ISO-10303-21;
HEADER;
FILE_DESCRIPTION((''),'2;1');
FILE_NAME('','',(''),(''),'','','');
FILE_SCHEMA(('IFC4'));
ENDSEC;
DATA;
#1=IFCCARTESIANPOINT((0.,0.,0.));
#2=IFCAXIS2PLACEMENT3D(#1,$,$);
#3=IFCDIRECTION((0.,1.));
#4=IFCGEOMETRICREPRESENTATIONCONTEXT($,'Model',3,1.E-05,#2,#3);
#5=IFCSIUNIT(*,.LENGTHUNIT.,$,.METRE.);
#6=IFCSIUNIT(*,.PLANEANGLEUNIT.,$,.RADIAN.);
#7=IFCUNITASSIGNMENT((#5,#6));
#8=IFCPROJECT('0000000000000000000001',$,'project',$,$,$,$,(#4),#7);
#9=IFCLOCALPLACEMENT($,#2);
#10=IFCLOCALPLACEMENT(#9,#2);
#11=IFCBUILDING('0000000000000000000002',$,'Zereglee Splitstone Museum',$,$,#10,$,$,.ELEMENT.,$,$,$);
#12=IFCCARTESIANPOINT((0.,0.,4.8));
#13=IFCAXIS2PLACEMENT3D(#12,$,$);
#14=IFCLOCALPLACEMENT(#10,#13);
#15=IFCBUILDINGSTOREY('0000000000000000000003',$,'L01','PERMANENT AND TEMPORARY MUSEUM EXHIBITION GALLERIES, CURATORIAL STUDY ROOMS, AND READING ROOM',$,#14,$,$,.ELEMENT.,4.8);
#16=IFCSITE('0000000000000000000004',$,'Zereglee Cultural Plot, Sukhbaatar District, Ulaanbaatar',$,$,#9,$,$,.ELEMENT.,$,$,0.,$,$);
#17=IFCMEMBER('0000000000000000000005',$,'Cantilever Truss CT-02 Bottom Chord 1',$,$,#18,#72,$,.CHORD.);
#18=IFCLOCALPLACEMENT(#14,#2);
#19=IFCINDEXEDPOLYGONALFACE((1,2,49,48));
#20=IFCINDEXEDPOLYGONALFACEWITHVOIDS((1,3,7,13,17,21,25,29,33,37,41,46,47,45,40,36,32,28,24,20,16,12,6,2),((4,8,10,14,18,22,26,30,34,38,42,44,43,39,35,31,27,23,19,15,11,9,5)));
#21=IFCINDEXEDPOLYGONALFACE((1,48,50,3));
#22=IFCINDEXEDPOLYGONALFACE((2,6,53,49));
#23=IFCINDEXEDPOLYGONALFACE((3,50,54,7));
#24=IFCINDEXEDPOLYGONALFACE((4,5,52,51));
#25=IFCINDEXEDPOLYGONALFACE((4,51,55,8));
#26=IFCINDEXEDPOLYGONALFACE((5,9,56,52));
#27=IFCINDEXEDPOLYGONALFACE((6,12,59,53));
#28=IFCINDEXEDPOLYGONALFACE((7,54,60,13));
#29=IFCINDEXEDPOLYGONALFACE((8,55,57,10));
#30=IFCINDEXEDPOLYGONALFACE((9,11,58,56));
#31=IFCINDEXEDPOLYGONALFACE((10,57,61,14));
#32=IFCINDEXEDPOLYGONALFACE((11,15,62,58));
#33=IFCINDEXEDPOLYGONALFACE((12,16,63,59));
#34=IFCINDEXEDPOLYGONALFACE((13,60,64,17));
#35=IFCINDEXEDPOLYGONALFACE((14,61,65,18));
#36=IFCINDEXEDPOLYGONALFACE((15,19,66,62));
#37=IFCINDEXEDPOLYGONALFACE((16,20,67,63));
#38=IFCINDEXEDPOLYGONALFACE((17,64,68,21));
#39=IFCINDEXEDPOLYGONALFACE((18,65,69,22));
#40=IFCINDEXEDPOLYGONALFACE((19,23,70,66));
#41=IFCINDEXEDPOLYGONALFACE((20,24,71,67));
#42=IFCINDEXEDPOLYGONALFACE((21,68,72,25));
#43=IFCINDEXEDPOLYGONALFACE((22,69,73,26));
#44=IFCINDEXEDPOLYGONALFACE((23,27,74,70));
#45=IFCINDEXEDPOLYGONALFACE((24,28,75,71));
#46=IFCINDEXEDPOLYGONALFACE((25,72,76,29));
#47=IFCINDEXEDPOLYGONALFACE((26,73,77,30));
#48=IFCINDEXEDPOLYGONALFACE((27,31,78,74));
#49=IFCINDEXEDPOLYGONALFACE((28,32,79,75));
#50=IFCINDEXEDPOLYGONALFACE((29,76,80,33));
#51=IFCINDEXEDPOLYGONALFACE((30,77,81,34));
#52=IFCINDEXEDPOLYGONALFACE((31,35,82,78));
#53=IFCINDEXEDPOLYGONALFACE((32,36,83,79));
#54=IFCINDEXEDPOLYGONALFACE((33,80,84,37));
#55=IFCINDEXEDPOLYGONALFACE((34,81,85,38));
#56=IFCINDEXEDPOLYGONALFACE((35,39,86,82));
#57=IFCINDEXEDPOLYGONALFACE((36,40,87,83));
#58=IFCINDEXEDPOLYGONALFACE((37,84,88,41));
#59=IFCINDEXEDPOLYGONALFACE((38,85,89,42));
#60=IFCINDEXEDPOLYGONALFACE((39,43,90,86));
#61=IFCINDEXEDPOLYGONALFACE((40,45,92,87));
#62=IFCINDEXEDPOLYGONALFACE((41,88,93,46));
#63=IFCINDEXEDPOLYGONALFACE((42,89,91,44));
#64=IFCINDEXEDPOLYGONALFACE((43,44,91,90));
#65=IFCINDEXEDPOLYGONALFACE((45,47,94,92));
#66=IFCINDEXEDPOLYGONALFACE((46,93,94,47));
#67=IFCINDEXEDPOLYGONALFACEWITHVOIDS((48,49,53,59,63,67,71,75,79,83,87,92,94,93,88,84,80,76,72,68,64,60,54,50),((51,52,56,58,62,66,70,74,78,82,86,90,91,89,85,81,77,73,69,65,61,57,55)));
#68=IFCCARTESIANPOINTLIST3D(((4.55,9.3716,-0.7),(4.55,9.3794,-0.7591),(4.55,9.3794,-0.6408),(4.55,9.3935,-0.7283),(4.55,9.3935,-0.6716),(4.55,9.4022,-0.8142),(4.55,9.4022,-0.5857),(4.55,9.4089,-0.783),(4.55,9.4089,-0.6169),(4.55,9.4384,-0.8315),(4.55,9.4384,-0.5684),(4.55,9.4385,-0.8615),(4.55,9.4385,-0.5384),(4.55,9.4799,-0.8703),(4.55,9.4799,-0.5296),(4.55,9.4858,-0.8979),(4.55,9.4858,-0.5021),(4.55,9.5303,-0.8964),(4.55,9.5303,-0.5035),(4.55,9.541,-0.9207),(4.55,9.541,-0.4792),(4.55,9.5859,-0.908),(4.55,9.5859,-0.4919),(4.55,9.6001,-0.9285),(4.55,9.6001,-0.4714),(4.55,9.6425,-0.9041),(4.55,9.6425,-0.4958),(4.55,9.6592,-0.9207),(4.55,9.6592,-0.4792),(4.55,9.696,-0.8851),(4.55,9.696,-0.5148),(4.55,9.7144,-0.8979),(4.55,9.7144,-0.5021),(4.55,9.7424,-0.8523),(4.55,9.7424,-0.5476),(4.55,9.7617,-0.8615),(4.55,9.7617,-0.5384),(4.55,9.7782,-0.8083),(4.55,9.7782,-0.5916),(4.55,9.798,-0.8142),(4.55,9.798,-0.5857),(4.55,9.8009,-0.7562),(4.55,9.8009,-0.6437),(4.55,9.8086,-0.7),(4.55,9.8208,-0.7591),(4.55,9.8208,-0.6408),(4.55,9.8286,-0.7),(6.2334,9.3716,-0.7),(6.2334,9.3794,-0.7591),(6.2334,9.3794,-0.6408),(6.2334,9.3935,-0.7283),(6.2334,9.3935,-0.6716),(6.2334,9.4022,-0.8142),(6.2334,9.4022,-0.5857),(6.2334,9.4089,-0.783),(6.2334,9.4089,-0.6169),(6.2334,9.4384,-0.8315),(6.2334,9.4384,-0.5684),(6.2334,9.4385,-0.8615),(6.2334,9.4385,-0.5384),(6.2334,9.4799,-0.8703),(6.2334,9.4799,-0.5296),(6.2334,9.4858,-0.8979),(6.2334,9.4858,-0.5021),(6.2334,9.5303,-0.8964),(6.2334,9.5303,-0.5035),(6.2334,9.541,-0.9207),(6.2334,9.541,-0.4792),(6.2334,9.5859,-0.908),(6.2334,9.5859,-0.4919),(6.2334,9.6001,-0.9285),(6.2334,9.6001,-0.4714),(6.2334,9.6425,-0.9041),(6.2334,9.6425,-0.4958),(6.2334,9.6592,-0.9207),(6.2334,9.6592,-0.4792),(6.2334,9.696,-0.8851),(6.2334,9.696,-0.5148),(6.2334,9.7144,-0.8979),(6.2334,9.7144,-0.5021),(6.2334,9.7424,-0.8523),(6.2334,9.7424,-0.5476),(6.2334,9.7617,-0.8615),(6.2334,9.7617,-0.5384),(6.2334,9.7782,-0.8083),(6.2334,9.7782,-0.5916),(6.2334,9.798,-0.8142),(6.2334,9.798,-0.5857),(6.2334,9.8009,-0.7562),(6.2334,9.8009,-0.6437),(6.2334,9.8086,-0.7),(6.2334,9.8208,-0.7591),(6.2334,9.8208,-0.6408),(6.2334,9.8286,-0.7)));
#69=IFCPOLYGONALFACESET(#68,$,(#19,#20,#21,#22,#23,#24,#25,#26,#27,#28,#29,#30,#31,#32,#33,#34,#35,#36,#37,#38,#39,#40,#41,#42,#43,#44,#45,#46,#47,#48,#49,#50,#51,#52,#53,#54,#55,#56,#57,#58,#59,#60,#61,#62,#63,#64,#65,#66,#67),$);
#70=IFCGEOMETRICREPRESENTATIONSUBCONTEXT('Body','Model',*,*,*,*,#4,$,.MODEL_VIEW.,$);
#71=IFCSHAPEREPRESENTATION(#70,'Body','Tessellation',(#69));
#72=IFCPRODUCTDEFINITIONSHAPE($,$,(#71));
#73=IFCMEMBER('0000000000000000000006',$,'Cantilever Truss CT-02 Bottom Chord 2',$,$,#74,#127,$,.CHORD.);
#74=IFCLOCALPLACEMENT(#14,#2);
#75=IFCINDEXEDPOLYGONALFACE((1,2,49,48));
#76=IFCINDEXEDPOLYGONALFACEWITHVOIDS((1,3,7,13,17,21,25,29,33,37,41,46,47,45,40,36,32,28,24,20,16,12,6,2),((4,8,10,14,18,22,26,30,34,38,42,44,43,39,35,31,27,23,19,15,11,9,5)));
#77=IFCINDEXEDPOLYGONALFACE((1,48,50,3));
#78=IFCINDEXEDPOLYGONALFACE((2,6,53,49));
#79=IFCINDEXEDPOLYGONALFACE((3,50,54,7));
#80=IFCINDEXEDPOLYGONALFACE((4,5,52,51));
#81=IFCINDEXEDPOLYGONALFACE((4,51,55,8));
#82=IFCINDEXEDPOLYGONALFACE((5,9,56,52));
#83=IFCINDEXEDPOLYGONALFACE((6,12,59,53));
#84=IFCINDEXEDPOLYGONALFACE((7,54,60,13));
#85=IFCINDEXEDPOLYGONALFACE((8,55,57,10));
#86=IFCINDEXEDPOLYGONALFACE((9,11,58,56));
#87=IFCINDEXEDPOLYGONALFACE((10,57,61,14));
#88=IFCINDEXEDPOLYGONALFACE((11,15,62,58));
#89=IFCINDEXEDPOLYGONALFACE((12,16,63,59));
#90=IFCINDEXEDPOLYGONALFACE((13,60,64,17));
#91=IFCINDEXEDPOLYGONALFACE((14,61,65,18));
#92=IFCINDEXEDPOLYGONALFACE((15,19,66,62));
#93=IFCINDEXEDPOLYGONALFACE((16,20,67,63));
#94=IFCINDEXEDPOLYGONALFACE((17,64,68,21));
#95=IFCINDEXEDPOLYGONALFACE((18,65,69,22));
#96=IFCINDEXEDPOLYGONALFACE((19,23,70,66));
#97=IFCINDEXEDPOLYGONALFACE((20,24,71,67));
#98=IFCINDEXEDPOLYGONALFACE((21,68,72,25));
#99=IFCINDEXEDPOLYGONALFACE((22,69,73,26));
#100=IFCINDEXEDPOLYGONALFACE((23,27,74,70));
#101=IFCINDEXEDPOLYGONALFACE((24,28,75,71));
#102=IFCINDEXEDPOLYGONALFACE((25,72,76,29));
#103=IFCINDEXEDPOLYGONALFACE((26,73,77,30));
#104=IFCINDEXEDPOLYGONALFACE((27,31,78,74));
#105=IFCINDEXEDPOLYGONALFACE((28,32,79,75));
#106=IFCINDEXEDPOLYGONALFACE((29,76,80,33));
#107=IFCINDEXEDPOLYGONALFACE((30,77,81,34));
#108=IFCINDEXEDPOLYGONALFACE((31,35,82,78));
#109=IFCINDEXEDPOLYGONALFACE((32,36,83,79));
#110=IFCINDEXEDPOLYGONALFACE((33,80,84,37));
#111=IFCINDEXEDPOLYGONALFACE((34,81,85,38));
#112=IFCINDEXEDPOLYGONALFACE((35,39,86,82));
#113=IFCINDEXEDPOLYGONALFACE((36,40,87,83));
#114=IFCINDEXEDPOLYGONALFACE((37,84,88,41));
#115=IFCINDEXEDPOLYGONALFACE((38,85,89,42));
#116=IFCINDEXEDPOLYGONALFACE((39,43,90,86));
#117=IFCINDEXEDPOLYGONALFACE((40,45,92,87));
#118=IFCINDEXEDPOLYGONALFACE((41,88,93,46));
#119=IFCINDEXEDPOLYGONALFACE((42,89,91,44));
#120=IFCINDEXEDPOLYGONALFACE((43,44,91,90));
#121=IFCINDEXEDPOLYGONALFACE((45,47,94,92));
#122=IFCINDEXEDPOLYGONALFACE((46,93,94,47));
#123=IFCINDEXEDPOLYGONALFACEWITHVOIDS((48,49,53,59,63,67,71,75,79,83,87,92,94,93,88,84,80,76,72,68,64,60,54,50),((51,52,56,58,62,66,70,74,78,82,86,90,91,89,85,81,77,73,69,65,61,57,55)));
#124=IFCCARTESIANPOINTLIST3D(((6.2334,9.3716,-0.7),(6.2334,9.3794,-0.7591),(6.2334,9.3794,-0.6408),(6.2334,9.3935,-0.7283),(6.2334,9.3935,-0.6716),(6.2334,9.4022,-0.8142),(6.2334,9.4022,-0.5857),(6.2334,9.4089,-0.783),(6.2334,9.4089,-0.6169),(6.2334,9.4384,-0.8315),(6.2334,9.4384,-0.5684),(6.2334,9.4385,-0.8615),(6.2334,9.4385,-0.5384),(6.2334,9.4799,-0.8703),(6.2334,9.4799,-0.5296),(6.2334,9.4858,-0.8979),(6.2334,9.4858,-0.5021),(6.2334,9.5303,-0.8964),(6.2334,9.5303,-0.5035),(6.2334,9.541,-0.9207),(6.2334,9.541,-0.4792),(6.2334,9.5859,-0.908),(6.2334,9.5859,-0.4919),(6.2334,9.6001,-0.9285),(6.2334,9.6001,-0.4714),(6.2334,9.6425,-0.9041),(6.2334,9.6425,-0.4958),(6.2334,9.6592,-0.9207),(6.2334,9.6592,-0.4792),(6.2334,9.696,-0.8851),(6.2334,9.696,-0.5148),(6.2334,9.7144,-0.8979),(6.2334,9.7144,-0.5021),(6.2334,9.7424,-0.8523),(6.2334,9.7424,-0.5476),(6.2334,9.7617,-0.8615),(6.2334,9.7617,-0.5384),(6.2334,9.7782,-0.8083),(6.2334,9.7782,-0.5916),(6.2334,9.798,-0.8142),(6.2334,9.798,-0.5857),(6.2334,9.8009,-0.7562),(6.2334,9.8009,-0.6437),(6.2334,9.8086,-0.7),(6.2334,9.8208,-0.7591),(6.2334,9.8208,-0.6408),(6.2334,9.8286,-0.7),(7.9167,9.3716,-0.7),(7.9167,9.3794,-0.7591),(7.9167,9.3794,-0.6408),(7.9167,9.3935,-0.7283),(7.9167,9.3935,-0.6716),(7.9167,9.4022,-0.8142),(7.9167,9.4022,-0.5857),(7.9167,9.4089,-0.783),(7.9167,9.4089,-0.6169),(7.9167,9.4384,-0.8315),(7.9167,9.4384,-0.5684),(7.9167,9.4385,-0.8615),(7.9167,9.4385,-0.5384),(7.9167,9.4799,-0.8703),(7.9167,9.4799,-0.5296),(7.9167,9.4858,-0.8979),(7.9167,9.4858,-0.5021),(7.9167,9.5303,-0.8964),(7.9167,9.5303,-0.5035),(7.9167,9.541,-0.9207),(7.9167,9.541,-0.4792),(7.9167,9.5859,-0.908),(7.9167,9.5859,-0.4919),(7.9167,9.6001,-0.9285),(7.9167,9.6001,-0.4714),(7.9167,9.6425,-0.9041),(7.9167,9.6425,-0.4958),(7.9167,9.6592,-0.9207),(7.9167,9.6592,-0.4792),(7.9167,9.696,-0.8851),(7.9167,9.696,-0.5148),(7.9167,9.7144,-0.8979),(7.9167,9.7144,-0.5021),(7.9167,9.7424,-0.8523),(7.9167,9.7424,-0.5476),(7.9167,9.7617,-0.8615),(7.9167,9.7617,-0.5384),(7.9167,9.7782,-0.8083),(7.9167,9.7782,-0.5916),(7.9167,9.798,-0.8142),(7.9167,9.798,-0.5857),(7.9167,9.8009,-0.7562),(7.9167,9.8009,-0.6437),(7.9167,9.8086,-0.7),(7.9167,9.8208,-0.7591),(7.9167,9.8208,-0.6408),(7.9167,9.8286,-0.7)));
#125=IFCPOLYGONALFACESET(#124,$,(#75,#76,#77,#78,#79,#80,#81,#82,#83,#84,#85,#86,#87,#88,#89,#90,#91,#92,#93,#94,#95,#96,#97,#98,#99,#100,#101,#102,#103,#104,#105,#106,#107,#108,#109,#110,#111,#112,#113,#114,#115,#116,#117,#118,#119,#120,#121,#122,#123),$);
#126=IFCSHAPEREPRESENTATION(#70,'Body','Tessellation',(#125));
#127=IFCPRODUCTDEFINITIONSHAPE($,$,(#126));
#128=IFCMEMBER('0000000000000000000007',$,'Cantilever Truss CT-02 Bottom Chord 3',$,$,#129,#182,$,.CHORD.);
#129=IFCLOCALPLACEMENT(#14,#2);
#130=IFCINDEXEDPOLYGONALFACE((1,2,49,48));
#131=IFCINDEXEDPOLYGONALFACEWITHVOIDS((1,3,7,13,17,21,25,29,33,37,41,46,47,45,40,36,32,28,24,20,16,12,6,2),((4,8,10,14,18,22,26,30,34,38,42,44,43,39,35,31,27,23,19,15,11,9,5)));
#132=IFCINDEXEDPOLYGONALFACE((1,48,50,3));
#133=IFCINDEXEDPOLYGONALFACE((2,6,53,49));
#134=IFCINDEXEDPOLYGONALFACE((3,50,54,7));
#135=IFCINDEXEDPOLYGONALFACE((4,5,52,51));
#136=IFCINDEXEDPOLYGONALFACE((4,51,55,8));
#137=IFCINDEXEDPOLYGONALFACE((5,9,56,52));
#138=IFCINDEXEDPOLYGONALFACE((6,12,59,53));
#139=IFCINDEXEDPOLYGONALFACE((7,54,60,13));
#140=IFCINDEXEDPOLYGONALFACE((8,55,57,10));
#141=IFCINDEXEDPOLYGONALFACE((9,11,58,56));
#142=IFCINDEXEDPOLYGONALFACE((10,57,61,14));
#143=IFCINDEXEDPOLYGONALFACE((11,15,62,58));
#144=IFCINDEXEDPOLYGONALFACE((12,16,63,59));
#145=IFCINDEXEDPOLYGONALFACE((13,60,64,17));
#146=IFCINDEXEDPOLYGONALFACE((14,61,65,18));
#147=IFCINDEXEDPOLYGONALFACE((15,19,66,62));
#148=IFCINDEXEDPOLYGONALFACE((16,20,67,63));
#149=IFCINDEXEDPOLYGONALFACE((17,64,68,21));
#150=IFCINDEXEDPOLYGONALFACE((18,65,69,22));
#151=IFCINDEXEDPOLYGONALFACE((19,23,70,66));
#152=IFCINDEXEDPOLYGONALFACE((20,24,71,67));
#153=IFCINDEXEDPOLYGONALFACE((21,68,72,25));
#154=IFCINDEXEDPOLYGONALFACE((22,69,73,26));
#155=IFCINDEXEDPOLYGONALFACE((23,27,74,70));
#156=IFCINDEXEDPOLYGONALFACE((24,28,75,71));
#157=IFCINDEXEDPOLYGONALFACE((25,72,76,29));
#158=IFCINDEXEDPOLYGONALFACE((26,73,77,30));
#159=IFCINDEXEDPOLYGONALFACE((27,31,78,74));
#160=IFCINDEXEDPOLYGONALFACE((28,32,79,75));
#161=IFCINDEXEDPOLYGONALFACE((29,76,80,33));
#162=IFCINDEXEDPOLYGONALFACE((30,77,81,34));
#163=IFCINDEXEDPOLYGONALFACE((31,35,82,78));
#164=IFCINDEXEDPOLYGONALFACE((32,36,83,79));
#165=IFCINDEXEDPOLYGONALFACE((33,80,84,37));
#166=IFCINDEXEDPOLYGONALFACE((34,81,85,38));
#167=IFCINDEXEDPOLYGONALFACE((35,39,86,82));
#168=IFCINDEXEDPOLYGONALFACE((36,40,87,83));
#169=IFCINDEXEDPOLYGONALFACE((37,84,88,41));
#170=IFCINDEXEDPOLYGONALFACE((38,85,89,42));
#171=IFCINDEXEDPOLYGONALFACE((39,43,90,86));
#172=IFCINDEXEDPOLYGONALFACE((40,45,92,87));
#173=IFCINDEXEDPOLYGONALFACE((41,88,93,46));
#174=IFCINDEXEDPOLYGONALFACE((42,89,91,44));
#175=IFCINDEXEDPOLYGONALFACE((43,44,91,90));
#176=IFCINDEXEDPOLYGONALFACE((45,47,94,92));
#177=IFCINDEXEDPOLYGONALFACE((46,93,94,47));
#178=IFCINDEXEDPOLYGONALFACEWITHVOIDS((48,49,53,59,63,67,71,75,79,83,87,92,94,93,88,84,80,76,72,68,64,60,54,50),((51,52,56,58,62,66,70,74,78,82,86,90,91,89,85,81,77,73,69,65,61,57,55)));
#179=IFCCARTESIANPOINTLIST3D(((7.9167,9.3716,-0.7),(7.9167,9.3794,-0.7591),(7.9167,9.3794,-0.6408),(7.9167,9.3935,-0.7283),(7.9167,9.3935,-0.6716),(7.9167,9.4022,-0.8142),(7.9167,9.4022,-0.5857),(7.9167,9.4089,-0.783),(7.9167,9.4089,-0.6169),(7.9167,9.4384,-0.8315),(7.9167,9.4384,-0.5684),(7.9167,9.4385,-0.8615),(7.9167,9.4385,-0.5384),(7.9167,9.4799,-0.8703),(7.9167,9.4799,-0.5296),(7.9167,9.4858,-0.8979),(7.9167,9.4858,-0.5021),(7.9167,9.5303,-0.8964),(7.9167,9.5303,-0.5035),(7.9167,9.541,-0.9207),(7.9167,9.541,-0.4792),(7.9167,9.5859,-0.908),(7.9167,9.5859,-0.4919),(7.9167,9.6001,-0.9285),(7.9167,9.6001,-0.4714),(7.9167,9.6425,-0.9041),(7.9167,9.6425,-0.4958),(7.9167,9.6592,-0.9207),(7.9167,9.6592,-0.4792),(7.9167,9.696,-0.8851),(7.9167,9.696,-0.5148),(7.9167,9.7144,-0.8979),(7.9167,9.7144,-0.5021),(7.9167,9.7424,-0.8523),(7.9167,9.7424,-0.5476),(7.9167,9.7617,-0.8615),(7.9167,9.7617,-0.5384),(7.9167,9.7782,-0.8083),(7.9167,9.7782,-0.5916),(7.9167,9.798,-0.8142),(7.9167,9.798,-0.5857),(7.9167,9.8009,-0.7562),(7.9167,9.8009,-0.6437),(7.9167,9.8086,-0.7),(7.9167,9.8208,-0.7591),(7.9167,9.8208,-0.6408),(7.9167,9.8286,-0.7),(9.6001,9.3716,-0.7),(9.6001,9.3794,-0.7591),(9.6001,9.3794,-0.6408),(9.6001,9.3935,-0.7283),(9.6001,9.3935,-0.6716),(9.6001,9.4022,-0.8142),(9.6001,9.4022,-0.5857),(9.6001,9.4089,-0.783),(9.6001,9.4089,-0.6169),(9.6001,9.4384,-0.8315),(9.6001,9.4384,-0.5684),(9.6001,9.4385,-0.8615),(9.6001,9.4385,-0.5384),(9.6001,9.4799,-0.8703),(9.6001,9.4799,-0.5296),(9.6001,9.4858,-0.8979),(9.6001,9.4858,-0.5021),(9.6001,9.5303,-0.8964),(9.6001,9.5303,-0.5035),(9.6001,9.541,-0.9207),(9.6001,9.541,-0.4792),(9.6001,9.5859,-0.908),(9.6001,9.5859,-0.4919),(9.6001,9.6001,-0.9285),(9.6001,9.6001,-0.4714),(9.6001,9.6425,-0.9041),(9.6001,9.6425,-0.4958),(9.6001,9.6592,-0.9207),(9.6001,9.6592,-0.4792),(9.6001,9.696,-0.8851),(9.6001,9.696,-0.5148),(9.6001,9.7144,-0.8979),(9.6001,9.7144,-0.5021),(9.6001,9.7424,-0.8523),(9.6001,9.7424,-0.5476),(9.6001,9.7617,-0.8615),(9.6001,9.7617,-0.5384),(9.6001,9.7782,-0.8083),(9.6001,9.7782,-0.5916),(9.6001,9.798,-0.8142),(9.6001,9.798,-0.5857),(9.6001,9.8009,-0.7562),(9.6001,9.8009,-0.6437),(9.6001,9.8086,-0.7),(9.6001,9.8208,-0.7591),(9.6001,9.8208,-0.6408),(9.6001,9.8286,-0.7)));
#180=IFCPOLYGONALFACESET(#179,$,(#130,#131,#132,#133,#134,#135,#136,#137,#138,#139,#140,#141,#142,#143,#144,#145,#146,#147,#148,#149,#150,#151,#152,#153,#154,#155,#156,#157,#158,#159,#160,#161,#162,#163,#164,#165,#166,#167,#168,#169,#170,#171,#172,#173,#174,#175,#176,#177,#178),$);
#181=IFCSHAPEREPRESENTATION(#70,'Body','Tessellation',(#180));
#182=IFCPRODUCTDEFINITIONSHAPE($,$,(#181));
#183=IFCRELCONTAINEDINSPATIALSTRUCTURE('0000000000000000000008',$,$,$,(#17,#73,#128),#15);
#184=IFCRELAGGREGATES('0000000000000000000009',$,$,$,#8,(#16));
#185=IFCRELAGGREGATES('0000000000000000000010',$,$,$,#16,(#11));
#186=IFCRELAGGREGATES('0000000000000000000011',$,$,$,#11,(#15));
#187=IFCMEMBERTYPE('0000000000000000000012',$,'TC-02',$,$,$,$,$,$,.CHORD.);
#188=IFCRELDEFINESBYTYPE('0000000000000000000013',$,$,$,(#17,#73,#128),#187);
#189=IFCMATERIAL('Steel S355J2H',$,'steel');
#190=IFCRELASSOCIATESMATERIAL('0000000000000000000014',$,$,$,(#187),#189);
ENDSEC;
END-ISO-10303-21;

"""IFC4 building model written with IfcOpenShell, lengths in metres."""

from ifc_helpers import new_model, si_unit, direction, frame, origin, origin_2d, place, context, subcontext, project, spatial, hollow_circle, extrude, material, material_profile, profile_set, type_object, element, save


model = new_model("IFC4")

# Units and contexts
model_context = context("Model", 3, precision=1e-05, world=origin(), true_north=direction((0.0, 1.0)))
body_context = subcontext(model_context, "Body", "Model", "MODEL_VIEW")
ifc_project = project(units=[si_unit("LENGTHUNIT", "METRE"), si_unit("PLANEANGLEUNIT", "RADIAN")], contexts=[model_context])

# Site, building, storey
site_placement = place(None, origin())
site = spatial("IfcSite", under=ifc_project, at=site_placement, Name="Zereglee Cultural Plot, Sukhbaatar District, Ulaanbaatar", CompositionType="ELEMENT", RefElevation=0.0)
building_placement = place(site_placement, origin())
building = spatial("IfcBuilding", under=site, at=building_placement, Name="Zereglee Splitstone Museum", CompositionType="ELEMENT")
storey_placement = place(building_placement, frame((0.0, 0.0, 4.8)))
storey = spatial("IfcBuildingStorey", under=building, at=storey_placement, Name="L01", Description="PERMANENT AND TEMPORARY MUSEUM EXHIBITION GALLERIES, CURATORIAL STUDY ROOMS, AND READING ROOM", CompositionType="ELEMENT", Elevation=4.8)

# Members
ifc_material_1 = material(Name="Steel S355J2H", Category="steel")
ifc_material_profile_1 = material_profile(ifc_material_1, hollow_circle(Radius=0.2285, WallThickness=0.02, at=origin_2d()), Name="CHS 457.0x20")
ifc_profile_set_1 = profile_set([ifc_material_profile_1], Name="Steel S355J2H")
member_type_1 = type_object("IfcMemberType", Name="TC-02", PredefinedType="CHORD", material=ifc_profile_set_1)
for number, where, z_axis, x_axis, name in (
    (1, (4.55, 9.6001, -0.7), (1.0, 0.0, 0.0), (0.0, 1.0, 0.0), "Cantilever Truss CT-02 Bottom Chord 1"),
    (2, (6.2334, 9.6001, -0.7), (1.0, 0.0, 0.0), (0.0, 1.0, 0.0), "Cantilever Truss CT-02 Bottom Chord 2"),
    (3, (7.9167, 9.6001, -0.7), (1.0, 0.0, 0.0), (0.0, 1.0, 0.0), "Cantilever Truss CT-02 Bottom Chord 3"),
):
    element("IfcMember", number, at=place(storey_placement, frame(where, z_axis=z_axis, x_axis=x_axis)), inside=storey, type_object=member_type_1, Name=name, PredefinedType="CHORD", context=body_context, shape_type="SweptSolid", body=[
        extrude(hollow_circle(Radius=0.2285, WallThickness=0.02, at=origin_2d()), origin(), (0.0, 0.0, 1.0), 1.6833),
    ])

save(model, "model.ifc")
